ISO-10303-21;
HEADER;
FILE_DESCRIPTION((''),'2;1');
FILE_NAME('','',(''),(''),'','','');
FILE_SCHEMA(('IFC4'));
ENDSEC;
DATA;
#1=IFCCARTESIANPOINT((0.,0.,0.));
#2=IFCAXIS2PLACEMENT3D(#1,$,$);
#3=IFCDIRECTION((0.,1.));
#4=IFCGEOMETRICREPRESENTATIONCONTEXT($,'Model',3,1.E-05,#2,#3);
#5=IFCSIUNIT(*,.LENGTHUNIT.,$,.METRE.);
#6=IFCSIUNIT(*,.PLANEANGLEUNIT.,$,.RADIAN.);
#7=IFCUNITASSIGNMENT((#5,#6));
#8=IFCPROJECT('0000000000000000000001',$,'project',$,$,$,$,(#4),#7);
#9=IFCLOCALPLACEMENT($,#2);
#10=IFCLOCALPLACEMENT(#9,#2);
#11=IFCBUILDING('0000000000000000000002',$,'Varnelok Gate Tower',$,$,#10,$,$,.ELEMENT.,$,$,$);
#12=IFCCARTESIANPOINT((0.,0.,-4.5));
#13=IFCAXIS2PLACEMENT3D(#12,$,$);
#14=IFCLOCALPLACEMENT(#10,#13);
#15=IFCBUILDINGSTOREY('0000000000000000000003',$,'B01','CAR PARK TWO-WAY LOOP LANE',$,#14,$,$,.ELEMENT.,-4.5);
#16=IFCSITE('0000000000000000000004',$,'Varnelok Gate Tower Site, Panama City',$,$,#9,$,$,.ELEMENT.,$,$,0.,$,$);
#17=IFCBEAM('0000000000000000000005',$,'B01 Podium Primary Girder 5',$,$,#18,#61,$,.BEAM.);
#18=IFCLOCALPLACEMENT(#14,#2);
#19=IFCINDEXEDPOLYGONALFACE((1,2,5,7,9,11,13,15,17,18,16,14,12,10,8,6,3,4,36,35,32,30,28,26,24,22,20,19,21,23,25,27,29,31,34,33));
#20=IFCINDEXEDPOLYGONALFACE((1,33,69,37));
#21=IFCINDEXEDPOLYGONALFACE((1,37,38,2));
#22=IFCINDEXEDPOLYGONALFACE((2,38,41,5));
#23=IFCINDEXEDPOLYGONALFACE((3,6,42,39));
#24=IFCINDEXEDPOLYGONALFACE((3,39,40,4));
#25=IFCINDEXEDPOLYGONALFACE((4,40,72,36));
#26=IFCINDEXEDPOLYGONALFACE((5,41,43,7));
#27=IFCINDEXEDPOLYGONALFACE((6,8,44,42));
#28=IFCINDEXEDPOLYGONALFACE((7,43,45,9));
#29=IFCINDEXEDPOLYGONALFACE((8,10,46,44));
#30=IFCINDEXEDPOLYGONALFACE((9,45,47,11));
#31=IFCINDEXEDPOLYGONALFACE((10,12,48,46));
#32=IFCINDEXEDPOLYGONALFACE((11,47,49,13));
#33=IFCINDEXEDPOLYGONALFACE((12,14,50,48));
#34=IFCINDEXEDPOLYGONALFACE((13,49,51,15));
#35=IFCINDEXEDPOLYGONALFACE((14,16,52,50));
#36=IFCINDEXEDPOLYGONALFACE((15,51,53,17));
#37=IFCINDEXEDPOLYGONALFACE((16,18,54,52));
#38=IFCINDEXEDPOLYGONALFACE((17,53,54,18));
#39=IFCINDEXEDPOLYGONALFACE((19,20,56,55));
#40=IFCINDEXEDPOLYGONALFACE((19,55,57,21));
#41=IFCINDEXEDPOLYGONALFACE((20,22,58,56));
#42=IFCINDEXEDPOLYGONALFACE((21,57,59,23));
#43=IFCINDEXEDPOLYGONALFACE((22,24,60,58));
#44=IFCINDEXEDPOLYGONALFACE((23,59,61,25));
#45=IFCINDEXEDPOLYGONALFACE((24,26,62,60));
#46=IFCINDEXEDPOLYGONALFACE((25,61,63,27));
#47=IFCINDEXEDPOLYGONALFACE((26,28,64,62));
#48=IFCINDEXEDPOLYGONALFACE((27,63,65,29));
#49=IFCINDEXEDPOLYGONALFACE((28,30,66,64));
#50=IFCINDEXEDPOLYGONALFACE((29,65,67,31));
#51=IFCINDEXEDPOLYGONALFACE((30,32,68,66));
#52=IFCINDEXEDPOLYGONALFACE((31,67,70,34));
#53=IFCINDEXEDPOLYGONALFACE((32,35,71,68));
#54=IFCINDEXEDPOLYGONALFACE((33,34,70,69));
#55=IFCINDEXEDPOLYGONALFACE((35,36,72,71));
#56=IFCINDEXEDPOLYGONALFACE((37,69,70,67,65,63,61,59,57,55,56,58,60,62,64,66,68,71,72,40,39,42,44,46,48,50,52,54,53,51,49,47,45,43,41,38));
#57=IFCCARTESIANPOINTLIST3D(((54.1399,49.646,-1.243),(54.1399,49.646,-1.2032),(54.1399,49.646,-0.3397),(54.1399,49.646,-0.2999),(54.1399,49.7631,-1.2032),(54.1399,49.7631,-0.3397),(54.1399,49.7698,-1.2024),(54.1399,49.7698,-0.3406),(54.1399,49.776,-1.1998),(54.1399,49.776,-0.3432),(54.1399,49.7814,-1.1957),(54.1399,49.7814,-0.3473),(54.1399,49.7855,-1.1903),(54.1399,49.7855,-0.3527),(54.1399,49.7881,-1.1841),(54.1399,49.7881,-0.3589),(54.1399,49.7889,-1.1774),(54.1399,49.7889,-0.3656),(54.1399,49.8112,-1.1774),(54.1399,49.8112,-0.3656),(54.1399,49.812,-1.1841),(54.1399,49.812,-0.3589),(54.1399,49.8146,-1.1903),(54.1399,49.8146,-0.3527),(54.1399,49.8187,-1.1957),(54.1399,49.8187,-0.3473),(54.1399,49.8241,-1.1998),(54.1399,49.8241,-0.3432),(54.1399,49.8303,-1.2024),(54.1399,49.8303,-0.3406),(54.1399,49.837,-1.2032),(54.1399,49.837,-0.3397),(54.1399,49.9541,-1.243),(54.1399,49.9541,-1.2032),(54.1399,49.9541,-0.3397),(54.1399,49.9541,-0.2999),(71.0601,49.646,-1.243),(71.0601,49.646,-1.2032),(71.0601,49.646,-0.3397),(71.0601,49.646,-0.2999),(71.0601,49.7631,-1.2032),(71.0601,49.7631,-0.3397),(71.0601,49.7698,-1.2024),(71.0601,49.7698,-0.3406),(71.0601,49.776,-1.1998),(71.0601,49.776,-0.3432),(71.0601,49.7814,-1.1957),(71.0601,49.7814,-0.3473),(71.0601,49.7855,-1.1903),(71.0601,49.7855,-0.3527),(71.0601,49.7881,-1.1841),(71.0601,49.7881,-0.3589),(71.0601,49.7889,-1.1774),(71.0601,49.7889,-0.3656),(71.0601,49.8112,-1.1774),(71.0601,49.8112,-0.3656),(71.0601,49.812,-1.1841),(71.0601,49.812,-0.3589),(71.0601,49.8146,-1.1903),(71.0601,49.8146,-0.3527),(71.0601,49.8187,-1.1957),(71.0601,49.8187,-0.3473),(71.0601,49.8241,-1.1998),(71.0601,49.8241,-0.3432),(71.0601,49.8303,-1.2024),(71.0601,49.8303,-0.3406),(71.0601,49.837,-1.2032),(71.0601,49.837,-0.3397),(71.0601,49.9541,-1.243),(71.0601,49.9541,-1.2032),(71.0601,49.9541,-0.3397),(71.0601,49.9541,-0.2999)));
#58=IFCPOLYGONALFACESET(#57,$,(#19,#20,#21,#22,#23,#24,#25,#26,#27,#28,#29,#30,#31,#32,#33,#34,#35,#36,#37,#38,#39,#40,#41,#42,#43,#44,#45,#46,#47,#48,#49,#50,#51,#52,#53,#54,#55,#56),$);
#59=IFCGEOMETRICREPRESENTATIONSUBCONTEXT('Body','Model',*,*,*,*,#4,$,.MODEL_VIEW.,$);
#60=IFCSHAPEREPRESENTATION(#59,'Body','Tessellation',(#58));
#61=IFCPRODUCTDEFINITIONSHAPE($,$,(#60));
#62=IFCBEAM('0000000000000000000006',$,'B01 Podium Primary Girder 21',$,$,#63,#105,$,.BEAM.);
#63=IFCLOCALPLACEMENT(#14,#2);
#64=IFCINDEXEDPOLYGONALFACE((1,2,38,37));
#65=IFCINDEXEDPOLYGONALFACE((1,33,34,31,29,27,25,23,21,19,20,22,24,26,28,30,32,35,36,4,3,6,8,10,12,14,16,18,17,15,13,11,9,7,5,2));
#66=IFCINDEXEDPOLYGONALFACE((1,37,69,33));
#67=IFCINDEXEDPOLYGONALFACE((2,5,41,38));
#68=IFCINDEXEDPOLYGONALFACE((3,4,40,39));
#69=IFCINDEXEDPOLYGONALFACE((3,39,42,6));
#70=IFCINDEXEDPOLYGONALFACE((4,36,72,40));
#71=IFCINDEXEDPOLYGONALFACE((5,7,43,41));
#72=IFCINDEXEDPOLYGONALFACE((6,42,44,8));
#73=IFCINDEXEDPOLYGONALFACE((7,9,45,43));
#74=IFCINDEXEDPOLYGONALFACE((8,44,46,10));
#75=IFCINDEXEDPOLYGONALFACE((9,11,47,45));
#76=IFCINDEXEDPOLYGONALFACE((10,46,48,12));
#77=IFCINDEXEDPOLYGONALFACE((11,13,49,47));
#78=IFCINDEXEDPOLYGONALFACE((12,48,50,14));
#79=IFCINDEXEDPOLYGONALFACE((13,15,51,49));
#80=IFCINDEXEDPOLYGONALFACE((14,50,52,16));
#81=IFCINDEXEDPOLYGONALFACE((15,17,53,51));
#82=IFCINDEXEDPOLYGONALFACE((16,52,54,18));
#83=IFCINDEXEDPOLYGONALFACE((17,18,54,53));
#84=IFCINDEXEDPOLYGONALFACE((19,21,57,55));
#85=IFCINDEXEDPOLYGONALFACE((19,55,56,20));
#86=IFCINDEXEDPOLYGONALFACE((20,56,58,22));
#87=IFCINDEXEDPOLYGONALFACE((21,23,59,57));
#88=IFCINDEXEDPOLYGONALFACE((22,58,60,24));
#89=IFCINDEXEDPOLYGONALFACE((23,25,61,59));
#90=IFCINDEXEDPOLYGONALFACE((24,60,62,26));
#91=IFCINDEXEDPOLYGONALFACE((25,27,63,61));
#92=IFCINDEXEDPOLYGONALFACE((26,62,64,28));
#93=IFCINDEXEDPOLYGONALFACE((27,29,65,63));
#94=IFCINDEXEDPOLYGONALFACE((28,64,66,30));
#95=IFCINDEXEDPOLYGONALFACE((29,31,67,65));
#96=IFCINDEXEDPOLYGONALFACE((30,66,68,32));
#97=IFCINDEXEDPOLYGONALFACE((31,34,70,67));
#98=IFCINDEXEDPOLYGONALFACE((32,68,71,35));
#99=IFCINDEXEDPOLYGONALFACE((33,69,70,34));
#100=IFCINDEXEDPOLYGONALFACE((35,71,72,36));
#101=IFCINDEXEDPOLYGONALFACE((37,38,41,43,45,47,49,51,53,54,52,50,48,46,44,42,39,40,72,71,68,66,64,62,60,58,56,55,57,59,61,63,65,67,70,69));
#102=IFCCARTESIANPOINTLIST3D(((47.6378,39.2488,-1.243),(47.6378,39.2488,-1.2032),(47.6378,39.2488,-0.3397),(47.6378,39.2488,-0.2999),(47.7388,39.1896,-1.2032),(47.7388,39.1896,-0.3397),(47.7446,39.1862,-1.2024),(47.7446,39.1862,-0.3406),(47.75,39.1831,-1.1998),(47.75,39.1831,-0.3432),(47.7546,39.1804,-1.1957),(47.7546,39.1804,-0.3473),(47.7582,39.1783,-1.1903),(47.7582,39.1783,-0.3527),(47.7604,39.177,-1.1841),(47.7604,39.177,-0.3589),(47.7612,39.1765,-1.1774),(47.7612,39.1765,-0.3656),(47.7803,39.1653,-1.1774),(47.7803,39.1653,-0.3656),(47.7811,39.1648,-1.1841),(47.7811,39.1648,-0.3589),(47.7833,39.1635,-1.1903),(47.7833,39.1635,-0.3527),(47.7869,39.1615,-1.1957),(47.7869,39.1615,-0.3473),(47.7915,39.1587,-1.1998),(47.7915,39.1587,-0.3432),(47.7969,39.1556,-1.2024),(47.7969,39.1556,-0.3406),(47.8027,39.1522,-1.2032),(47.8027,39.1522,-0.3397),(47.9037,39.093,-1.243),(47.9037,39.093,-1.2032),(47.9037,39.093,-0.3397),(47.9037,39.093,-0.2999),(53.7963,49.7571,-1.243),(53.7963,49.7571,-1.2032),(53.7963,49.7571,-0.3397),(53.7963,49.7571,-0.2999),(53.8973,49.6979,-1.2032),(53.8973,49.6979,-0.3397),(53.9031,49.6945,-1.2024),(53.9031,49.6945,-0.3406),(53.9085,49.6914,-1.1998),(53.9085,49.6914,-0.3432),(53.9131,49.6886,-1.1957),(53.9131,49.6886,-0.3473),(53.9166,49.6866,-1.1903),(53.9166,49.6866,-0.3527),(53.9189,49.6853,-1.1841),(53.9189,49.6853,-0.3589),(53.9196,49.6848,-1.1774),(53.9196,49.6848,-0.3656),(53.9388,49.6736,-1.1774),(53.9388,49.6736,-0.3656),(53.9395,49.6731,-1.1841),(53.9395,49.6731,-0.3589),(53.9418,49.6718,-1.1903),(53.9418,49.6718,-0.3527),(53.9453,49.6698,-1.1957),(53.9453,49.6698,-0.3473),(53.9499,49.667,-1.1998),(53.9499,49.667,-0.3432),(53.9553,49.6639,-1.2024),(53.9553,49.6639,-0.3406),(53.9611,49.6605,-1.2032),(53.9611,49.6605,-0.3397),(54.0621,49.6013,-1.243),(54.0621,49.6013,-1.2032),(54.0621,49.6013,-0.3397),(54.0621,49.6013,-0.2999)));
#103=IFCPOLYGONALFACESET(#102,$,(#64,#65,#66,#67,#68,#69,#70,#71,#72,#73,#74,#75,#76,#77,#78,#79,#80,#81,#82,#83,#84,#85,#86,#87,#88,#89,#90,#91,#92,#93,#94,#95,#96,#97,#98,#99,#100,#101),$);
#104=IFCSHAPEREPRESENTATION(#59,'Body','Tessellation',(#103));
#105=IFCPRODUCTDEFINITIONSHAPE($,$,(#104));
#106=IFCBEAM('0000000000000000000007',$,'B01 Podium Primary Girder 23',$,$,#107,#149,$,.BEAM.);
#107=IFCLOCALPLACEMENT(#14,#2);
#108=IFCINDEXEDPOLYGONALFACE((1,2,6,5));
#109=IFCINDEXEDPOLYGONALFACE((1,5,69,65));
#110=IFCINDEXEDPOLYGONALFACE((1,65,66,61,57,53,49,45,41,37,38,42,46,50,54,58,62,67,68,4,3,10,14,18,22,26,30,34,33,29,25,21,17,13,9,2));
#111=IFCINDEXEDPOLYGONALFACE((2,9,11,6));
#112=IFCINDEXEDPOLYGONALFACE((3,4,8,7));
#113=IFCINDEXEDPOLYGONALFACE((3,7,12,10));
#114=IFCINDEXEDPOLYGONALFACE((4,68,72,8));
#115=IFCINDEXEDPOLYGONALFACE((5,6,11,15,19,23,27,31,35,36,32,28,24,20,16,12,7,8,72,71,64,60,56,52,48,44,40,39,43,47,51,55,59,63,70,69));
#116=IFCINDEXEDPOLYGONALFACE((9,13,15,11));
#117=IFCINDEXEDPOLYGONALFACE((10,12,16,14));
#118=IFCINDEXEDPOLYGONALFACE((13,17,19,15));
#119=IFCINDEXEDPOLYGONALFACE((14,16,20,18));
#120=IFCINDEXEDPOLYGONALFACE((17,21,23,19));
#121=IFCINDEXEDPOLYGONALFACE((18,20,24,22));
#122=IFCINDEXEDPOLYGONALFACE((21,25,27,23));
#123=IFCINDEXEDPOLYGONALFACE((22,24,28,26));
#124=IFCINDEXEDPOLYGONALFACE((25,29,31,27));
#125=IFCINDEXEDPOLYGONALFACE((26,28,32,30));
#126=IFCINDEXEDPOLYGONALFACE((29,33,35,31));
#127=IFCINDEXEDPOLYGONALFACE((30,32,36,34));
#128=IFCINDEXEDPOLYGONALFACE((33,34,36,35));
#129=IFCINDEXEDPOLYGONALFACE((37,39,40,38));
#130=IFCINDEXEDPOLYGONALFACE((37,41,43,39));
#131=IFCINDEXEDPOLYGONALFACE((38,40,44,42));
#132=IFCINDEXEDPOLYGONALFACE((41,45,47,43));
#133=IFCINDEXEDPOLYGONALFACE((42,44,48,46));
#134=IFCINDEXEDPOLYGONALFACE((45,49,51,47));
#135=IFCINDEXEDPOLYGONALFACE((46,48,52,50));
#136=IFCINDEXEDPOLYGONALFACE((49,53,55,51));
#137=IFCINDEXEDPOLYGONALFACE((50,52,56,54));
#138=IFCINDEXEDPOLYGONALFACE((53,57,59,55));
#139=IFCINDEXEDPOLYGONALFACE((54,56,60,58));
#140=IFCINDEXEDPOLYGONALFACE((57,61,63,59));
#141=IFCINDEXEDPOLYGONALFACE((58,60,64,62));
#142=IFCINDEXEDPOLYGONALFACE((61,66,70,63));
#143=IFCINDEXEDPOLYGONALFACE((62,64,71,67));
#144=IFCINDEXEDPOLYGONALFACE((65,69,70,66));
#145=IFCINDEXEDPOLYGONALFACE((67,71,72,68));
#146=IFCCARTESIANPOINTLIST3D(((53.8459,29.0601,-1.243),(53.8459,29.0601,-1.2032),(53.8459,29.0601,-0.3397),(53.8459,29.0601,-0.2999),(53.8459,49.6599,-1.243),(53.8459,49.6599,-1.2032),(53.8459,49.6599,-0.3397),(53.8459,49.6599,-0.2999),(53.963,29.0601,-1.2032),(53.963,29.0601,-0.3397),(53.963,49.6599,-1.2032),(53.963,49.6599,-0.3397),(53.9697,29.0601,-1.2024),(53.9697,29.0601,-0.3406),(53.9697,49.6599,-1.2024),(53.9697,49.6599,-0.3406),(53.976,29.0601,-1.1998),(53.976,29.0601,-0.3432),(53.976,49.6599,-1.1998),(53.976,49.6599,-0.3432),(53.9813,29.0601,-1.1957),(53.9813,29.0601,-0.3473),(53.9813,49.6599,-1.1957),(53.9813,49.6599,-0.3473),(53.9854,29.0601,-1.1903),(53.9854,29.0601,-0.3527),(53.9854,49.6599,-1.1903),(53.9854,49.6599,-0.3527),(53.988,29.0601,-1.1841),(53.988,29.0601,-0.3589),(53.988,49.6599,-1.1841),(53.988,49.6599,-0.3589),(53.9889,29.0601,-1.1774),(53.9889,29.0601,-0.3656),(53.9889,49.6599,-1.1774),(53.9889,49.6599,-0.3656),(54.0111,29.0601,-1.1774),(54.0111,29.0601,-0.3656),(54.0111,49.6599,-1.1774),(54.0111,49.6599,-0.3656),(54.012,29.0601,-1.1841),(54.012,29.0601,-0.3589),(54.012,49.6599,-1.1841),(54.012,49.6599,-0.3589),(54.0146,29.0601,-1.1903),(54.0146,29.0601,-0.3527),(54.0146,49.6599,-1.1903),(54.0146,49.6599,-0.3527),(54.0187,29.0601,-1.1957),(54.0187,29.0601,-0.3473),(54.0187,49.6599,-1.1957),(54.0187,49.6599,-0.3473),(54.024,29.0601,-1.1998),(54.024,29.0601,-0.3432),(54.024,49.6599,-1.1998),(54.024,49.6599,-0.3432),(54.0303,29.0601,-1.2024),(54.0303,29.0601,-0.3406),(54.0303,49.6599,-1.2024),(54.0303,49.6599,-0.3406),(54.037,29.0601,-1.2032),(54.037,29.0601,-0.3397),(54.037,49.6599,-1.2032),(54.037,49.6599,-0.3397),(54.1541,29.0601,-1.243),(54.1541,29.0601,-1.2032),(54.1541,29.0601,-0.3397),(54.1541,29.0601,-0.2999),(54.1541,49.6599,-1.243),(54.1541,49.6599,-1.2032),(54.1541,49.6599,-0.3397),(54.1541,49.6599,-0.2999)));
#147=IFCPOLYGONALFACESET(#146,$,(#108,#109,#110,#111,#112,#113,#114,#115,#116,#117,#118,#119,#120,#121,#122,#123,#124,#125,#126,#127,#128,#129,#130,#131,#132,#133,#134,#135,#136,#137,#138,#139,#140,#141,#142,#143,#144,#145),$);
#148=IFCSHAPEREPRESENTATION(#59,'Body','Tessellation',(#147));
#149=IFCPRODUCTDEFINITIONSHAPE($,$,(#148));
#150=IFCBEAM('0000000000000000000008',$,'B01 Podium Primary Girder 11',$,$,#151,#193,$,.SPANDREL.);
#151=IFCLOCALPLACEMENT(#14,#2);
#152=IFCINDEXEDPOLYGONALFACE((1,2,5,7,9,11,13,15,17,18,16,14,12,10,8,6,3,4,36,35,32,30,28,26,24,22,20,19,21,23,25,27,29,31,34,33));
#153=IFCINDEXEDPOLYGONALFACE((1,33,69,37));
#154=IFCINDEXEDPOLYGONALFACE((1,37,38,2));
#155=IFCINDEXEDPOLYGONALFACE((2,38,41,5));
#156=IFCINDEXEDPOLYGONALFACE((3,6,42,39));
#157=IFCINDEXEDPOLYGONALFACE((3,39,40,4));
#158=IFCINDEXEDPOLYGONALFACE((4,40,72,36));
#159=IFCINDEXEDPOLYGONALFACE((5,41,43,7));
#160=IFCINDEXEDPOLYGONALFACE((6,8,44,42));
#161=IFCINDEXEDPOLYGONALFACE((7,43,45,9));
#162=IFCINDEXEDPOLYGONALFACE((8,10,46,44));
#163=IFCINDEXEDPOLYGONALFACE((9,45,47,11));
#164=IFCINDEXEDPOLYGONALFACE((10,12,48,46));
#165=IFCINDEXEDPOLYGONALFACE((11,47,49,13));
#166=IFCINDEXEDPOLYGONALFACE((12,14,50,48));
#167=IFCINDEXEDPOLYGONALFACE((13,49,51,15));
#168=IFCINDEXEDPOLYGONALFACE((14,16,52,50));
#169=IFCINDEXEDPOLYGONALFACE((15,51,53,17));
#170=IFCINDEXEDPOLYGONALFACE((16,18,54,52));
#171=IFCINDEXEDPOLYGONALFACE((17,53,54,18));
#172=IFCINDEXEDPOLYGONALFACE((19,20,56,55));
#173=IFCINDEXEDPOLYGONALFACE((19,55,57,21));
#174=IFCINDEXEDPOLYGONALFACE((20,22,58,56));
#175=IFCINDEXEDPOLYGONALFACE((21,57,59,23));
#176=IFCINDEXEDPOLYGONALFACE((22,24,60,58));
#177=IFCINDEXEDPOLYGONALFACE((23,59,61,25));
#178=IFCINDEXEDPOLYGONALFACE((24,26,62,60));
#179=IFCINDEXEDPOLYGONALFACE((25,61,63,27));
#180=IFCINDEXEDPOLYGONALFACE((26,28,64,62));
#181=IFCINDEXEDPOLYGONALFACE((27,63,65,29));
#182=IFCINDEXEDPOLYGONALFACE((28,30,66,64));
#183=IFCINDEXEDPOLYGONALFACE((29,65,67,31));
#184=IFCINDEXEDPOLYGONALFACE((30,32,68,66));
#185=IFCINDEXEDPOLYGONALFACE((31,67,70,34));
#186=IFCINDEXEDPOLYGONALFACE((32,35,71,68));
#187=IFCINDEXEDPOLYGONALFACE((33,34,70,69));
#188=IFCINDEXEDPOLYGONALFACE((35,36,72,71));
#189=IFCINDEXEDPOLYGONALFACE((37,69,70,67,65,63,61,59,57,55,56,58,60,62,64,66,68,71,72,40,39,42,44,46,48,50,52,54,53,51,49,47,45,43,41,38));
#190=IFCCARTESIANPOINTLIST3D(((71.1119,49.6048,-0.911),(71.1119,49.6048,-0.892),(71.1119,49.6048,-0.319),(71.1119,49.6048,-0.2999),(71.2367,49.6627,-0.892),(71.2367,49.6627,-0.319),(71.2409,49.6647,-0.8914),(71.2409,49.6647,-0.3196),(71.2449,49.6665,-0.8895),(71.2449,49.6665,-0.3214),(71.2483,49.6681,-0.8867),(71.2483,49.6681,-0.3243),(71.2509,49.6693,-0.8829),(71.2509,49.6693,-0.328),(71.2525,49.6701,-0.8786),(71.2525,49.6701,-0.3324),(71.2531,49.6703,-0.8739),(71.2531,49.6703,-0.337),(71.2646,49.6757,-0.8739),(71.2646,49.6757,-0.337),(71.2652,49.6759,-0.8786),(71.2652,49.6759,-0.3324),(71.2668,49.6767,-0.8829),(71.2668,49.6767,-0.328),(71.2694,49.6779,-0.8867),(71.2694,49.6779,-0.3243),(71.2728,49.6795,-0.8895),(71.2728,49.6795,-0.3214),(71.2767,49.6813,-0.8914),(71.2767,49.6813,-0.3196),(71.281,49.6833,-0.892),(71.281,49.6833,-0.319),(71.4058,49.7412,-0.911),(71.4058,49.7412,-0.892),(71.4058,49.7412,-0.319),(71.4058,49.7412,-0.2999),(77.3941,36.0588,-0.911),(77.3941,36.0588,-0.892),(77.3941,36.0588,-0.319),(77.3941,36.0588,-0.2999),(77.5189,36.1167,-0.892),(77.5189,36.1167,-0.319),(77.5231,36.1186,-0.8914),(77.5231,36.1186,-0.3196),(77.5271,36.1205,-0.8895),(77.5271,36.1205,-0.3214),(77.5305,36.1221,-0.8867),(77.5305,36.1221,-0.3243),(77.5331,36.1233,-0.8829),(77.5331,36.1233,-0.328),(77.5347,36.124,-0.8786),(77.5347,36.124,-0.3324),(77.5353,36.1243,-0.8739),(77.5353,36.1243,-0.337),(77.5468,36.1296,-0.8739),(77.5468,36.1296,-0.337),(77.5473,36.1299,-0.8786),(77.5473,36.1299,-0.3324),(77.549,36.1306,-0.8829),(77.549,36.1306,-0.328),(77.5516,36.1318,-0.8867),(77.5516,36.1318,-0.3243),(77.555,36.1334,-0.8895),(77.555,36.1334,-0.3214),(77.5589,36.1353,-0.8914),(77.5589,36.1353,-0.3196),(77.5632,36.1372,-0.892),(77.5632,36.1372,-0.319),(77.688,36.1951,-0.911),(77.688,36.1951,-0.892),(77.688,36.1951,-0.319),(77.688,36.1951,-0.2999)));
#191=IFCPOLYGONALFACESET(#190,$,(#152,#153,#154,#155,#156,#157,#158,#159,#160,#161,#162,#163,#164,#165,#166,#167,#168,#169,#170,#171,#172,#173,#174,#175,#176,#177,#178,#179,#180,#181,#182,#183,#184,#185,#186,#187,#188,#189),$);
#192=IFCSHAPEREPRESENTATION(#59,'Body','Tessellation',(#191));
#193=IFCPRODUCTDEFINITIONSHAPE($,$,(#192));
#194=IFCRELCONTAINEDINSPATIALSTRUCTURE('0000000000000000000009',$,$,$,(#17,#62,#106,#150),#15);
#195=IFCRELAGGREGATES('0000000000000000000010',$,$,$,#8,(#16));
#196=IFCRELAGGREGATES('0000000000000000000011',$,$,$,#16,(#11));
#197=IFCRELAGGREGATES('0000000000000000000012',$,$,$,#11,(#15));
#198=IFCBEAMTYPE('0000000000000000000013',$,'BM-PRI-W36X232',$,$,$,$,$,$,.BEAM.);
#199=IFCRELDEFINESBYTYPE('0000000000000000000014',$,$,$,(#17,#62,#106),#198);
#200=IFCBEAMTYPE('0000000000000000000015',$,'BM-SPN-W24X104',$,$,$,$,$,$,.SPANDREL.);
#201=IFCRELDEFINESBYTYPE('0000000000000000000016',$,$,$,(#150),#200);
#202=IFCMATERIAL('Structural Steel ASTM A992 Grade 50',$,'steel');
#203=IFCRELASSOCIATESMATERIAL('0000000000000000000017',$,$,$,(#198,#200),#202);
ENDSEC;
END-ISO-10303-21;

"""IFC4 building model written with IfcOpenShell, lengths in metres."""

from ifc_helpers import new_model, si_unit, direction, frame, origin, origin_2d, place, context, subcontext, project, spatial, i_section, extrude, material, material_profile, profile_set, type_object, element, save


model = new_model("IFC4")

# Units and contexts
model_context = context("Model", 3, precision=1e-05, world=origin(), true_north=direction((0.0, 1.0)))
body_context = subcontext(model_context, "Body", "Model", "MODEL_VIEW")
ifc_project = project(units=[si_unit("LENGTHUNIT", "METRE"), si_unit("PLANEANGLEUNIT", "RADIAN")], contexts=[model_context])

# Site, building, storey
site_placement = place(None, origin())
site = spatial("IfcSite", under=ifc_project, at=site_placement, Name="Varnelok Gate Tower Site, Panama City", CompositionType="ELEMENT", RefElevation=0.0)
building_placement = place(site_placement, origin())
building = spatial("IfcBuilding", under=site, at=building_placement, Name="Varnelok Gate Tower", CompositionType="ELEMENT")
storey_placement = place(building_placement, frame((0.0, 0.0, -4.5)))
storey = spatial("IfcBuildingStorey", under=building, at=storey_placement, Name="B01", Description="CAR PARK TWO-WAY LOOP LANE", CompositionType="ELEMENT", Elevation=-4.5)

# Beams
ifc_material_1 = material(Name="Structural Steel ASTM A992 Grade 50", Category="steel")
ifc_material_profile_1 = material_profile(ifc_material_1, i_section(OverallWidth=0.3081, OverallDepth=0.9431, WebThickness=0.0222, FlangeThickness=0.0398, FilletRadius=0.0259, at=origin_2d()), Name="W36X232")
ifc_profile_set_1 = profile_set([ifc_material_profile_1], Name="Structural Steel ASTM A992 Grade 50")
beam_type_1 = type_object("IfcBeamType", Name="BM-PRI-W36X232", PredefinedType="BEAM", material=ifc_profile_set_1)
beam_1_placement = place(storey_placement, frame((54.1399, 49.8, -0.7715), z_axis=(1.0, 0.0, 0.0), x_axis=(0.0, 1.0, 0.0)))
element("IfcBeam", 1, at=beam_1_placement, inside=storey, type_object=beam_type_1, Name="B01 Podium Primary Girder 5", PredefinedType="BEAM", context=body_context, shape_type="SweptSolid", body=[
    extrude(i_section(OverallWidth=0.3081, OverallDepth=0.9431, WebThickness=0.0222, FlangeThickness=0.0398, FilletRadius=0.0259, at=origin_2d()), origin(), (0.0, 0.0, 1.0), 16.9202),
])
beam_2_placement = place(storey_placement, frame((53.9292, 49.6792, -0.7715), z_axis=(-0.505622, -0.862755, 0.0), x_axis=(0.862755, -0.505622, 0.0)))
element("IfcBeam", 2, at=beam_2_placement, inside=storey, type_object=beam_type_1, Name="B01 Podium Primary Girder 21", PredefinedType="BEAM", context=body_context, shape_type="SweptSolid", body=[
    extrude(i_section(OverallWidth=0.3081, OverallDepth=0.9431, WebThickness=0.0222, FlangeThickness=0.0398, FilletRadius=0.0259, at=origin_2d()), origin(), (0.0, 0.0, 1.0), 12.1799),
])
beam_3_placement = place(storey_placement, frame((54.0, 29.0601, -0.7715), z_axis=(0.0, 1.0, 0.0), x_axis=(-1.0, 0.0, 0.0)))
element("IfcBeam", 3, at=beam_3_placement, inside=storey, type_object=beam_type_1, Name="B01 Podium Primary Girder 23", PredefinedType="BEAM", context=body_context, shape_type="SweptSolid", body=[
    extrude(i_section(OverallWidth=0.3081, OverallDepth=0.9431, WebThickness=0.0222, FlangeThickness=0.0398, FilletRadius=0.0259, at=origin_2d()), origin(), (0.0, 0.0, 1.0), 20.5999),
])
ifc_material_profile_2 = material_profile(ifc_material_1, i_section(OverallWidth=0.324, OverallDepth=0.6111, WebThickness=0.0127, FlangeThickness=0.019, FilletRadius=0.0181, at=origin_2d()), Name="W24X104")
ifc_profile_set_2 = profile_set([ifc_material_profile_2], Name="Structural Steel ASTM A992 Grade 50")
beam_type_2 = type_object("IfcBeamType", Name="BM-SPN-W24X104", PredefinedType="SPANDREL", material=ifc_profile_set_2)
beam_4_placement = place(storey_placement, frame((77.541, 36.127, -0.6055), z_axis=(-0.420723, 0.907189, 0.0), x_axis=(-0.907189, -0.420723, 0.0)))
element("IfcBeam", 4, at=beam_4_placement, inside=storey, type_object=beam_type_2, Name="B01 Podium Primary Girder 11", PredefinedType="SPANDREL", context=body_context, shape_type="SweptSolid", body=[
    extrude(i_section(OverallWidth=0.324, OverallDepth=0.6111, WebThickness=0.0127, FlangeThickness=0.019, FilletRadius=0.0181, at=origin_2d()), origin(), (0.0, 0.0, 1.0), 14.9319),
])

save(model, "model.ifc")
